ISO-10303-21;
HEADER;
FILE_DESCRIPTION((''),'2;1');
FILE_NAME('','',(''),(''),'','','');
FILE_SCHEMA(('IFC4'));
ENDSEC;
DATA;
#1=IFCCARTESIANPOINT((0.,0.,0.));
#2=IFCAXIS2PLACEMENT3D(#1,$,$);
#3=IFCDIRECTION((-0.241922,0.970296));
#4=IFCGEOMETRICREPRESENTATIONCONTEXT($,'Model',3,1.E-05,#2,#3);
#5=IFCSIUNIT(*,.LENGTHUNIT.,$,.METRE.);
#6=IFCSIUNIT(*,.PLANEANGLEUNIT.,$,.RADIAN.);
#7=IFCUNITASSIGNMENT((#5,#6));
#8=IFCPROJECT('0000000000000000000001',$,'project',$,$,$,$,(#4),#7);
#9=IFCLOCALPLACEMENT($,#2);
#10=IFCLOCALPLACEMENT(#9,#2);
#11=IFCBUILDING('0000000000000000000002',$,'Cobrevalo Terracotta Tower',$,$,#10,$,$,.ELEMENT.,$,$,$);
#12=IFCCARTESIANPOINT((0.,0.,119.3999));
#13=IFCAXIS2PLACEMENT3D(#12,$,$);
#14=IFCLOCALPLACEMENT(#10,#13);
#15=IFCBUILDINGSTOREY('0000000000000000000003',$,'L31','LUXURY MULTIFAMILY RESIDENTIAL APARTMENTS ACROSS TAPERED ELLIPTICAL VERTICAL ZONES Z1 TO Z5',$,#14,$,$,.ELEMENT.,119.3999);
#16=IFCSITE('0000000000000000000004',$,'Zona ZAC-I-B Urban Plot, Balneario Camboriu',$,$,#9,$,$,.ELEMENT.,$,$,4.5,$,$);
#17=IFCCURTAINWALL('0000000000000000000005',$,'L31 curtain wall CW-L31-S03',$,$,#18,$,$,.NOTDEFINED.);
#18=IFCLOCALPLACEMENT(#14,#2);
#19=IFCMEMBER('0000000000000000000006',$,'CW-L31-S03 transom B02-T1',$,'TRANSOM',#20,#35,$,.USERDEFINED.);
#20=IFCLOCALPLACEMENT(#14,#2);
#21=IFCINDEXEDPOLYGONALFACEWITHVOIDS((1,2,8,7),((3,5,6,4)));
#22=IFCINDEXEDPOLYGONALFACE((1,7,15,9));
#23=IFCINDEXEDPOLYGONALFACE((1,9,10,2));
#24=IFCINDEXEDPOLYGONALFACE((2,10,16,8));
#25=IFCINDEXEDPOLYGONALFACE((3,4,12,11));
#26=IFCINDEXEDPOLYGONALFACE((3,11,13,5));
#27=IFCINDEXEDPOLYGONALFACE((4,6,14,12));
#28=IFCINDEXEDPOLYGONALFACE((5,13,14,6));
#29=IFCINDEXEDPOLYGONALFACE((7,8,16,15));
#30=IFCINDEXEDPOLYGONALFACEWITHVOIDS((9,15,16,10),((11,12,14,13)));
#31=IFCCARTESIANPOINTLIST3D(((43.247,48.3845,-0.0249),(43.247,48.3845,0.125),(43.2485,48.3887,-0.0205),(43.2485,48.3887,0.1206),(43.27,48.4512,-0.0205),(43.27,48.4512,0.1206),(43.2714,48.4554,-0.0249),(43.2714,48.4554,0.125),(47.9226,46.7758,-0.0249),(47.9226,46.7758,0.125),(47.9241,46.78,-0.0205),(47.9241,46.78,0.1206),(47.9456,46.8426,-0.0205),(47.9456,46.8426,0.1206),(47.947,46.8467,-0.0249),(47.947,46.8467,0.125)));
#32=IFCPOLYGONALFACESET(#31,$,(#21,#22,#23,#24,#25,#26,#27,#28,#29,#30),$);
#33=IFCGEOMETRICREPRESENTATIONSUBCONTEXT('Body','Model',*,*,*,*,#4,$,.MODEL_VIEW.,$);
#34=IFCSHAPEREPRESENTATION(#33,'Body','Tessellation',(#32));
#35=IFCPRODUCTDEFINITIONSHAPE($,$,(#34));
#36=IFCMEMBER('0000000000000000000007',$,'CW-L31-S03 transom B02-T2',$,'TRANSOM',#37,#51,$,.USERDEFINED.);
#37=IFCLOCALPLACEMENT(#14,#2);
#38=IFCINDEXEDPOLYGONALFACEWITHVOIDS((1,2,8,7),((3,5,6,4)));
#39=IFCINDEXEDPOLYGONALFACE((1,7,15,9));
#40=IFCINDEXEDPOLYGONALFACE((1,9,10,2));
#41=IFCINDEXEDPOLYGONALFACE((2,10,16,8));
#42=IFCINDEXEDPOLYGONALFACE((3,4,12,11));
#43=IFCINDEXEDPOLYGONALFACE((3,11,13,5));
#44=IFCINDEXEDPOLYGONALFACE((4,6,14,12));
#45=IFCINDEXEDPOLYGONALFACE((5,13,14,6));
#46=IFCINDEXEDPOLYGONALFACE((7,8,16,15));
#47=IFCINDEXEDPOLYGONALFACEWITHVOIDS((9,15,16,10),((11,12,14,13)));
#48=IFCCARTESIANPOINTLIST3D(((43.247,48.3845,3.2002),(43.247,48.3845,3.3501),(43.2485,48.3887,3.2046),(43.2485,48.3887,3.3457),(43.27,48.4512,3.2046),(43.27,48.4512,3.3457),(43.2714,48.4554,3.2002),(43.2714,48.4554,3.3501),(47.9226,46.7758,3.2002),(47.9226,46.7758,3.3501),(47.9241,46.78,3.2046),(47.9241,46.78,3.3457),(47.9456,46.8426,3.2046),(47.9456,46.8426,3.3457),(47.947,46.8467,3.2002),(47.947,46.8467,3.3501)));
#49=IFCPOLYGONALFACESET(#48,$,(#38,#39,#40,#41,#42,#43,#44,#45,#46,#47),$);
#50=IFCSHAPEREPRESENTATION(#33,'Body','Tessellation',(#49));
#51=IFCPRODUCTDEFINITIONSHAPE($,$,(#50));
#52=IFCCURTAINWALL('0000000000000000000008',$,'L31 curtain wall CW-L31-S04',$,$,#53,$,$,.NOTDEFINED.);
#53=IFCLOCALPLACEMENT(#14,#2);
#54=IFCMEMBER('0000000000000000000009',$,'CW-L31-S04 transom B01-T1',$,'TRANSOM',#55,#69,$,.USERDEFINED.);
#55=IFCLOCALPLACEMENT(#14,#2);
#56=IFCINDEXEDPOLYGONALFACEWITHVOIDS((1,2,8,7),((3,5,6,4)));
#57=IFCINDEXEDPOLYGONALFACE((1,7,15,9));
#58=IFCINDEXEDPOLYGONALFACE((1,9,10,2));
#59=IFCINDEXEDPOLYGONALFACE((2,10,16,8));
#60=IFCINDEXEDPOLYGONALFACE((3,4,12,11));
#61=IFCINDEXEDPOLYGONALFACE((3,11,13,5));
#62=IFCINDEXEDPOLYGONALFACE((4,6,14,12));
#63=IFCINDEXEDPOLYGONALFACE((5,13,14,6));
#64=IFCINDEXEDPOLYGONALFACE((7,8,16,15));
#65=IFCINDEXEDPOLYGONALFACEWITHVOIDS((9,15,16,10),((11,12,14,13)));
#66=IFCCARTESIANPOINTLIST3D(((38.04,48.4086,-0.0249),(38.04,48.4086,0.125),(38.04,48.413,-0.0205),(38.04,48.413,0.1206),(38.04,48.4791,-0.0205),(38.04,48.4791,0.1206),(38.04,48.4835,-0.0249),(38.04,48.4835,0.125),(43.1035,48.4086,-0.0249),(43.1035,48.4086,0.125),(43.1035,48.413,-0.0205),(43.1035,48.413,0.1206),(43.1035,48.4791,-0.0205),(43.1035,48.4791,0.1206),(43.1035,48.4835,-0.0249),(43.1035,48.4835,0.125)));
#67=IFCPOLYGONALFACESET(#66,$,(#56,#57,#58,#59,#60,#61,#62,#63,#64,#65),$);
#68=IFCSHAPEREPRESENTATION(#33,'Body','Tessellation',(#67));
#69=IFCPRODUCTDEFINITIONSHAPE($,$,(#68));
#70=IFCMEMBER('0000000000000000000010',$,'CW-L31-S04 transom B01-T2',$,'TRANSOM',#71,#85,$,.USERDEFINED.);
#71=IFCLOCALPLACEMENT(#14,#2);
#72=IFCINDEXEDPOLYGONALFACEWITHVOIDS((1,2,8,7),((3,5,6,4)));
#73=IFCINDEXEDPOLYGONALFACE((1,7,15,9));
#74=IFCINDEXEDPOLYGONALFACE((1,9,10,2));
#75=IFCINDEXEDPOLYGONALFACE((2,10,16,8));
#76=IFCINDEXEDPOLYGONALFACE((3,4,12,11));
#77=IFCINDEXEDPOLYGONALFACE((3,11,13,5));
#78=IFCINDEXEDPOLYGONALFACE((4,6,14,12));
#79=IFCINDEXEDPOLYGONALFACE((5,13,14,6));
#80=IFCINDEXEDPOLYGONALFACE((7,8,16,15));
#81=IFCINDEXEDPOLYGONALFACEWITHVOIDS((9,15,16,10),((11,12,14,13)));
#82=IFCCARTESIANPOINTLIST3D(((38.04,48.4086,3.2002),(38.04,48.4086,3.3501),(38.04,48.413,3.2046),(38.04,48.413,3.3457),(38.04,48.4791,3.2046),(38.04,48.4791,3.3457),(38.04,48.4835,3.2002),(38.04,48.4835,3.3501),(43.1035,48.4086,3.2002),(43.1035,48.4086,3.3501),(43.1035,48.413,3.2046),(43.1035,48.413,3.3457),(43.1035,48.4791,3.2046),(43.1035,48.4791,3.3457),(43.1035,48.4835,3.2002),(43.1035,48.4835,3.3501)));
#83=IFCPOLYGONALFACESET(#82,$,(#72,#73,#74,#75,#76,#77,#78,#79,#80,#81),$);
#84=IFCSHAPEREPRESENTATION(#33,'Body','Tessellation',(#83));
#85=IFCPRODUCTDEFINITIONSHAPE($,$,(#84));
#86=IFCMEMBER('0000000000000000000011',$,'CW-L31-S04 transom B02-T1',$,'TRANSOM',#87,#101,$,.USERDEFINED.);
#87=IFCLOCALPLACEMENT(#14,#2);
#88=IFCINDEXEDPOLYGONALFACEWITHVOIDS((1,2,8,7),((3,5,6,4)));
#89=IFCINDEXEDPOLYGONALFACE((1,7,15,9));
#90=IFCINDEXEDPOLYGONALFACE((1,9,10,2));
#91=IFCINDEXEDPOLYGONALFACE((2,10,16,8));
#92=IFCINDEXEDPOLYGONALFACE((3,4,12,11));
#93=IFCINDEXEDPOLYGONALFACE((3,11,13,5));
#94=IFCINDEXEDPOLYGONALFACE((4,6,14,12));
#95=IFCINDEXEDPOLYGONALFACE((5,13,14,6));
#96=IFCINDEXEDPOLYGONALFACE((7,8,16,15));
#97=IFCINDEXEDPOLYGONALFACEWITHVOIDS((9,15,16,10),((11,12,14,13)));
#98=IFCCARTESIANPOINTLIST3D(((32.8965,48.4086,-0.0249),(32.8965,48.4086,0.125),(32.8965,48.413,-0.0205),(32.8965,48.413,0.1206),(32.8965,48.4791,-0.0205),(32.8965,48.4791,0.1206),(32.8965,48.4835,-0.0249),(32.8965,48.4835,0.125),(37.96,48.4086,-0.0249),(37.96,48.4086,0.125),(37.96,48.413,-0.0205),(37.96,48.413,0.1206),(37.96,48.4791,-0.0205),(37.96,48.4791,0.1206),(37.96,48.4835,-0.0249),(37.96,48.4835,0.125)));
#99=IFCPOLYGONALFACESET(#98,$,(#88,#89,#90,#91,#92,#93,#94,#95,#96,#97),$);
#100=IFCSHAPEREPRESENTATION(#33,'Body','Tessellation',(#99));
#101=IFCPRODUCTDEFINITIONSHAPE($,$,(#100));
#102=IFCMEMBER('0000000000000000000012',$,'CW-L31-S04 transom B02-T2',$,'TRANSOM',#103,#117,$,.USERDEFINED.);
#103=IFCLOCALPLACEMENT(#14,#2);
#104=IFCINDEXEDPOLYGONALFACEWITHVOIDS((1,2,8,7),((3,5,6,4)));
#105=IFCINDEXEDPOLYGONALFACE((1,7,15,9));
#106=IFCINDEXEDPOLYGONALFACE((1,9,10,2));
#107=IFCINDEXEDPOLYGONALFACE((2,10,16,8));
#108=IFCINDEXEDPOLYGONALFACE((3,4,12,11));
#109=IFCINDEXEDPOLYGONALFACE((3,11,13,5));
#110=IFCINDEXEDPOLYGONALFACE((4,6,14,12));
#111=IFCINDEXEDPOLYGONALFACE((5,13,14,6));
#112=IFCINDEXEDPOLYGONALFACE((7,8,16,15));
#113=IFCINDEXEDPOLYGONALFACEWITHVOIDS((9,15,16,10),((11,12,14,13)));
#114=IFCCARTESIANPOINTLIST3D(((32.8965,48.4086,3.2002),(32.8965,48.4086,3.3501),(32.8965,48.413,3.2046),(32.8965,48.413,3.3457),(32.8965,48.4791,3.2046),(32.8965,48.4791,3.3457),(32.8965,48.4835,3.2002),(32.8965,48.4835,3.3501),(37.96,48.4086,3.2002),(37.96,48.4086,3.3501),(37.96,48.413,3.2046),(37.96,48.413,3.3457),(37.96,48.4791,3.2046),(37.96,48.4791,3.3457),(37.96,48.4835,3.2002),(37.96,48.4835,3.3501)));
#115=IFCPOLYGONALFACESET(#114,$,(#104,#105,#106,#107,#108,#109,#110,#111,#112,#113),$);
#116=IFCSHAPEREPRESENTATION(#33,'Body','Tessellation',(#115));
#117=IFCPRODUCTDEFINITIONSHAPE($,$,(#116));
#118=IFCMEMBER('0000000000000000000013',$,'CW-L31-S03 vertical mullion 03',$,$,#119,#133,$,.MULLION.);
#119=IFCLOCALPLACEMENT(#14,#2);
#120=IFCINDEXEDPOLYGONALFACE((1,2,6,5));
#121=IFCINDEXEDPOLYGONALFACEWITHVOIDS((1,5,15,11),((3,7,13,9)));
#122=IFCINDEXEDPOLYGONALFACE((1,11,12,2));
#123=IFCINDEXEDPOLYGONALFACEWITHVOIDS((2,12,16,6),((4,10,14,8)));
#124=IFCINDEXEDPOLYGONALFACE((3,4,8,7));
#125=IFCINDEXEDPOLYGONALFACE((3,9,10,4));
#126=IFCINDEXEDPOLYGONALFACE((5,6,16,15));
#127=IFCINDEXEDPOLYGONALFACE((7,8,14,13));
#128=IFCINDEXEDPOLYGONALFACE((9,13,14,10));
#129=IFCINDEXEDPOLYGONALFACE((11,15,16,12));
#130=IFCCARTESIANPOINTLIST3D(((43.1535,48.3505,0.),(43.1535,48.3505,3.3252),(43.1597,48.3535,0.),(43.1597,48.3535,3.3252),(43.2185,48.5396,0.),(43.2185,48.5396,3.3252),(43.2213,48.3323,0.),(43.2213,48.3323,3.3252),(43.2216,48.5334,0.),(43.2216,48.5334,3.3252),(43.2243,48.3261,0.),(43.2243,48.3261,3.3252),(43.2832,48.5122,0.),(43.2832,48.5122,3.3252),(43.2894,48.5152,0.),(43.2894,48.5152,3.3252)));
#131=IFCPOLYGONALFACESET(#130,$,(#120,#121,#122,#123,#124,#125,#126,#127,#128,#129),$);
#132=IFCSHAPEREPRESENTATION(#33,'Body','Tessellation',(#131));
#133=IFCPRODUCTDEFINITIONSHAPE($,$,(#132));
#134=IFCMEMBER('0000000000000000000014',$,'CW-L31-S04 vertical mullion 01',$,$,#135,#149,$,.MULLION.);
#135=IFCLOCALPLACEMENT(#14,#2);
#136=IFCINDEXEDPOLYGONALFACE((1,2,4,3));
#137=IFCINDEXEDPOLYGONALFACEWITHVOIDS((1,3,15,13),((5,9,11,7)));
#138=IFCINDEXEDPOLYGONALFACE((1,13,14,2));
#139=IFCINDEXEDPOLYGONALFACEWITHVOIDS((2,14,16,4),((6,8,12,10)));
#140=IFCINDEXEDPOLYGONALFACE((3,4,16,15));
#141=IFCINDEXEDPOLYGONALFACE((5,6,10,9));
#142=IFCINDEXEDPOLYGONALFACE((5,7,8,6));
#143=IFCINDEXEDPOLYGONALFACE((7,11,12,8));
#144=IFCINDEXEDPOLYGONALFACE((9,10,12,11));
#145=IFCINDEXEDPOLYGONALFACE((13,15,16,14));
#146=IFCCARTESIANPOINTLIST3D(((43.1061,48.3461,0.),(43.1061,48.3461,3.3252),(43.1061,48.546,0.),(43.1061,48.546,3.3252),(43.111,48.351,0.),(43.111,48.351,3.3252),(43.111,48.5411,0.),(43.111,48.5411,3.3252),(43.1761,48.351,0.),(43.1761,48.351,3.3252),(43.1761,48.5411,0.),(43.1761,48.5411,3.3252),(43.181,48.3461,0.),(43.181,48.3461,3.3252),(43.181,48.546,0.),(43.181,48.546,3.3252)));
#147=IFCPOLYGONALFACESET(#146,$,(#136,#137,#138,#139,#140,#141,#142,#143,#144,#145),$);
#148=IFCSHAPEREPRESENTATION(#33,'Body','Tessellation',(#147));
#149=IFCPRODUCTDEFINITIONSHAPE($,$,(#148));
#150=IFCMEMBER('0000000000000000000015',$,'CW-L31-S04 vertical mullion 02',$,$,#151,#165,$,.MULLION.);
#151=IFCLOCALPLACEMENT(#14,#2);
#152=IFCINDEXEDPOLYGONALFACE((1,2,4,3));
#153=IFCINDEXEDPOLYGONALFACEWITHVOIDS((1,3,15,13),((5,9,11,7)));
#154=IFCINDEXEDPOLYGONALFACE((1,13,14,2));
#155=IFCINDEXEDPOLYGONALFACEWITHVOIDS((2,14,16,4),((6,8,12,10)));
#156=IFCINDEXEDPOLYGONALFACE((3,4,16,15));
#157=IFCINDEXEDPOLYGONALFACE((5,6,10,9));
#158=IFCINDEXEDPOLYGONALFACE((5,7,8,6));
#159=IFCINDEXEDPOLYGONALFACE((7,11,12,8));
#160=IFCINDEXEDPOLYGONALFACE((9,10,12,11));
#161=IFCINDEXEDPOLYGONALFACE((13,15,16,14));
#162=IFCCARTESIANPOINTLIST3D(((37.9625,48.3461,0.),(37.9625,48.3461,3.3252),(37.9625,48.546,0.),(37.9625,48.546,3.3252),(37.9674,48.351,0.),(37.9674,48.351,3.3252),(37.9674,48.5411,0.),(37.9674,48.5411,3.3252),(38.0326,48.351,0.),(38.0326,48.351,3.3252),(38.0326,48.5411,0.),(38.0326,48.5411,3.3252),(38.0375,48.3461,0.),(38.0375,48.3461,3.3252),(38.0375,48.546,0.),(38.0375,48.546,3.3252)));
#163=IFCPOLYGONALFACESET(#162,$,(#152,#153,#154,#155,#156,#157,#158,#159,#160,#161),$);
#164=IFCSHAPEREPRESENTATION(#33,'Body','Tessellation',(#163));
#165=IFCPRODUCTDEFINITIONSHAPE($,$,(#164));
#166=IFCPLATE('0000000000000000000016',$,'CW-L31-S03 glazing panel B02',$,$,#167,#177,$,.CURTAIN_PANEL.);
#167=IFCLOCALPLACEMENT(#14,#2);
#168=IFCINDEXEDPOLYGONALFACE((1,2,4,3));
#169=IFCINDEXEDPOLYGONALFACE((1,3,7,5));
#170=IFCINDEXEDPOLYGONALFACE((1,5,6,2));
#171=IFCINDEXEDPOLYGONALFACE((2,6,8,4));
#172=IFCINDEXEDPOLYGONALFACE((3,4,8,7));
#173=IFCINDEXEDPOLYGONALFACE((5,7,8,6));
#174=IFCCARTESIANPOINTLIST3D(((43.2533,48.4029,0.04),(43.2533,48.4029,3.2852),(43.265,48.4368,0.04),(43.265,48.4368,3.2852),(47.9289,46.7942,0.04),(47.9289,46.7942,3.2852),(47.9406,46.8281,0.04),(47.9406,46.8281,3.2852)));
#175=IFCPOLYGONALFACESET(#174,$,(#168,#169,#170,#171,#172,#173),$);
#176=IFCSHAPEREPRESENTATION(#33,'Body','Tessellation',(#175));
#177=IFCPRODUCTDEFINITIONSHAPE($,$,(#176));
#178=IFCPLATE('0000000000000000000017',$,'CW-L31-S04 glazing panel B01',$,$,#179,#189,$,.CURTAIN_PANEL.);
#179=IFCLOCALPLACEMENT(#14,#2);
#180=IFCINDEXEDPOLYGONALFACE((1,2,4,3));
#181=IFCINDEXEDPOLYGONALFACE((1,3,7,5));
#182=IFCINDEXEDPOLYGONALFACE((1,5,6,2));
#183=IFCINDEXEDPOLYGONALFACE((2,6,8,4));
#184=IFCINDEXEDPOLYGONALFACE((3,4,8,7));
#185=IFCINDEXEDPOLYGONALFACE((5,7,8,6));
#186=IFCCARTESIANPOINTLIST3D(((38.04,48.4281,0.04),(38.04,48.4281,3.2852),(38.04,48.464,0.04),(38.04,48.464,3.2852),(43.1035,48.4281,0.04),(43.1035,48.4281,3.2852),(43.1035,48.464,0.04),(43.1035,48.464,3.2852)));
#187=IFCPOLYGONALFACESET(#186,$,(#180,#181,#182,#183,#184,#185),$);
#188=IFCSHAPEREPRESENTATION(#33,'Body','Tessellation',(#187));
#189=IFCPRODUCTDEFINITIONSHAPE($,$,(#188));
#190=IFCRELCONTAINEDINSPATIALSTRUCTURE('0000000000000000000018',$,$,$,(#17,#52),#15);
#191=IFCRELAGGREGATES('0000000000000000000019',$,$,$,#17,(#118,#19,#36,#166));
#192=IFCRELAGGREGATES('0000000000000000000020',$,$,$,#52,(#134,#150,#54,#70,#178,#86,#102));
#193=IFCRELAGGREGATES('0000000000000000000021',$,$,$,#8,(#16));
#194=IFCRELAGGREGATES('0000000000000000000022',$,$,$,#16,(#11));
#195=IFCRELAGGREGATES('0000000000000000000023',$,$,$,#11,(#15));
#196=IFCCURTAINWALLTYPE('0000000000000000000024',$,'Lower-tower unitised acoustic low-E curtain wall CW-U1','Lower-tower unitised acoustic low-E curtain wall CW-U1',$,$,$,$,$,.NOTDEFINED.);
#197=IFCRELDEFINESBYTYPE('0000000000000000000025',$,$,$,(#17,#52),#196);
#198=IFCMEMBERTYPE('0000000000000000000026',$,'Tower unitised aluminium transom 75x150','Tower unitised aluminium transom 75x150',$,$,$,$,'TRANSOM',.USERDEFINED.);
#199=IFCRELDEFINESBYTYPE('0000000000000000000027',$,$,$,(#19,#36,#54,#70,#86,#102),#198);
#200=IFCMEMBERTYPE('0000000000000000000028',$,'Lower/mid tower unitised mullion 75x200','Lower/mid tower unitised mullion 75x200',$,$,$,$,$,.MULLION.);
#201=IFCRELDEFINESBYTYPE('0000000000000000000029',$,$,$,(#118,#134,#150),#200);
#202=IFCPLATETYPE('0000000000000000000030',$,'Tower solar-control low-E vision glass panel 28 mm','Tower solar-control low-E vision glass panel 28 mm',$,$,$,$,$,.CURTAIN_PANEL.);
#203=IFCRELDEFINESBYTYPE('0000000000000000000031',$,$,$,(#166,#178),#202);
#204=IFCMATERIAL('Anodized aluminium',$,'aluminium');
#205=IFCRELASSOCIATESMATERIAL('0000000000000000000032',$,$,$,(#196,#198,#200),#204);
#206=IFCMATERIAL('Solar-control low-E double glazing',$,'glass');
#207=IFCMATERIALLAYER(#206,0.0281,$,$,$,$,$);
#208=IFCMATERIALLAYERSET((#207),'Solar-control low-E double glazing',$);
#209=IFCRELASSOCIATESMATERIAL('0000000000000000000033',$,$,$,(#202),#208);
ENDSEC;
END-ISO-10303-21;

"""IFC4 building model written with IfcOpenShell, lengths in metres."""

from ifc_helpers import new_model, si_unit, direction, frame, origin, origin_2d, place, context, subcontext, project, spatial, rectangle, hollow_rectangle, extrude, source, transform, mapped, material, layer, layer_set, material_profile, profile_set, type_object, element, aggregate, save


model = new_model("IFC4")

# Units and contexts
model_context = context("Model", 3, precision=1e-05, world=origin(), true_north=direction((-0.241922, 0.970296)))
body_context = subcontext(model_context, "Body", "Model", "MODEL_VIEW")
ifc_project = project(units=[si_unit("LENGTHUNIT", "METRE"), si_unit("PLANEANGLEUNIT", "RADIAN")], contexts=[model_context])

# Site, building, storey
site_placement = place(None, origin())
site = spatial("IfcSite", under=ifc_project, at=site_placement, Name="Zona ZAC-I-B Urban Plot, Balneario Camboriu", CompositionType="ELEMENT", RefElevation=4.5)
building_placement = place(site_placement, origin())
building = spatial("IfcBuilding", under=site, at=building_placement, Name="Cobrevalo Terracotta Tower", CompositionType="ELEMENT")
storey_placement = place(building_placement, frame((0.0, 0.0, 119.3999)))
storey = spatial("IfcBuildingStorey", under=building, at=storey_placement, Name="L31", Description="LUXURY MULTIFAMILY RESIDENTIAL APARTMENTS ACROSS TAPERED ELLIPTICAL VERTICAL ZONES Z1 TO Z5", CompositionType="ELEMENT", Elevation=119.3999)

# Curtain walls, members
ifc_material_1 = material(Name="Anodized aluminium", Category="aluminium")
curtain_wall_type = type_object("IfcCurtainWallType", Name="Lower-tower unitised acoustic low-E curtain wall CW-U1", Description="Lower-tower unitised acoustic low-E curtain wall CW-U1", PredefinedType="NOTDEFINED", material=ifc_material_1)
curtain_wall_1_placement = place(storey_placement, origin())
curtain_wall_1 = element("IfcCurtainWall", 1, at=curtain_wall_1_placement, inside=storey, type_object=curtain_wall_type, Name="L31 curtain wall CW-L31-S03", PredefinedType="NOTDEFINED")
ifc_material_profile_1 = material_profile(ifc_material_1, hollow_rectangle(XDim=0.075, YDim=0.1499, WallThickness=0.0044, at=origin_2d()), Name="CWT 75x150")
ifc_profile_set_1 = profile_set([ifc_material_profile_1], Name="Anodized aluminium")
member_type_1 = type_object("IfcMemberType", Name="Tower unitised aluminium transom 75x150", Description="Tower unitised aluminium transom 75x150", ElementType="TRANSOM", PredefinedType="USERDEFINED", material=ifc_profile_set_1)
shared_shape_1 = source(origin(), body_context, "Body", "SweptSolid", [
    extrude(hollow_rectangle(XDim=0.075, YDim=0.1499, WallThickness=0.0044, at=origin_2d()), origin(), (0.0, 0.0, 1.0), 4.9446),
])
member_1_placement = place(storey_placement, frame((47.9348, 46.8113, 0.05), z_axis=(-0.945598, 0.325338, 0.0), x_axis=(-0.325338, -0.945598, 0.0)))
member_1 = element("IfcMember", 2, at=member_1_placement, type_object=member_type_1, Name="CW-L31-S03 transom B02-T1", ObjectType="TRANSOM", PredefinedType="USERDEFINED", context=body_context, shape_type="MappedRepresentation", body=[
    mapped(shared_shape_1, transform((0.0, 0.0, 0.0), scale=1.0)),
])
member_2_placement = place(storey_placement, frame((47.9348, 46.8113, 3.2751), z_axis=(-0.945598, 0.325338, 0.0), x_axis=(-0.325338, -0.945598, 0.0)))
member_2 = element("IfcMember", 3, at=member_2_placement, type_object=member_type_1, Name="CW-L31-S03 transom B02-T2", ObjectType="TRANSOM", PredefinedType="USERDEFINED", context=body_context, shape_type="MappedRepresentation", body=[
    mapped(shared_shape_1, transform((0.0, 0.0, 0.0), scale=1.0)),
])
curtain_wall_2_placement = place(storey_placement, origin())
curtain_wall_2 = element("IfcCurtainWall", 4, at=curtain_wall_2_placement, inside=storey, type_object=curtain_wall_type, Name="L31 curtain wall CW-L31-S04", PredefinedType="NOTDEFINED")
shared_shape_2 = source(origin(), body_context, "Body", "SweptSolid", [
    extrude(hollow_rectangle(XDim=0.075, YDim=0.1499, WallThickness=0.0044, at=origin_2d()), origin(), (0.0, 0.0, 1.0), 5.0635),
])
member_3_placement = place(storey_placement, frame((43.1035, 48.446, 0.05), z_axis=(-1.0, 0.0, 0.0), x_axis=(0.0, -1.0, 0.0)))
member_3 = element("IfcMember", 5, at=member_3_placement, type_object=member_type_1, Name="CW-L31-S04 transom B01-T1", ObjectType="TRANSOM", PredefinedType="USERDEFINED", context=body_context, shape_type="MappedRepresentation", body=[
    mapped(shared_shape_2, transform((0.0, 0.0, 0.0), scale=1.0)),
])
member_4_placement = place(storey_placement, frame((43.1035, 48.446, 3.2751), z_axis=(-1.0, 0.0, 0.0), x_axis=(0.0, -1.0, 0.0)))
member_4 = element("IfcMember", 6, at=member_4_placement, type_object=member_type_1, Name="CW-L31-S04 transom B01-T2", ObjectType="TRANSOM", PredefinedType="USERDEFINED", context=body_context, shape_type="MappedRepresentation", body=[
    mapped(shared_shape_2, transform((0.0, 0.0, 0.0), scale=1.0)),
])
member_5_placement = place(storey_placement, frame((37.96, 48.446, 0.05), z_axis=(-1.0, 0.0, 0.0), x_axis=(0.0, -1.0, 0.0)))
member_5 = element("IfcMember", 7, at=member_5_placement, type_object=member_type_1, Name="CW-L31-S04 transom B02-T1", ObjectType="TRANSOM", PredefinedType="USERDEFINED", context=body_context, shape_type="MappedRepresentation", body=[
    mapped(shared_shape_2, transform((0.0, 0.0, 0.0), scale=1.0)),
])
member_6_placement = place(storey_placement, frame((37.96, 48.446, 3.2751), z_axis=(-1.0, 0.0, 0.0), x_axis=(0.0, -1.0, 0.0)))
member_6 = element("IfcMember", 8, at=member_6_placement, type_object=member_type_1, Name="CW-L31-S04 transom B02-T2", ObjectType="TRANSOM", PredefinedType="USERDEFINED", context=body_context, shape_type="MappedRepresentation", body=[
    mapped(shared_shape_2, transform((0.0, 0.0, 0.0), scale=1.0)),
])

# Members
ifc_material_profile_2 = material_profile(ifc_material_1, hollow_rectangle(XDim=0.075, YDim=0.2, WallThickness=0.0049, at=origin_2d()), Name="CWM 75x200")
ifc_profile_set_2 = profile_set([ifc_material_profile_2], Name="Anodized aluminium")
member_type_2 = type_object("IfcMemberType", Name="Lower/mid tower unitised mullion 75x200", Description="Lower/mid tower unitised mullion 75x200", PredefinedType="MULLION", material=ifc_profile_set_2)
shared_shape_3 = source(origin(), body_context, "Body", "SweptSolid", [
    extrude(hollow_rectangle(XDim=0.075, YDim=0.2, WallThickness=0.0049, at=origin_2d()), origin(), (0.0, 0.0, 1.0), 3.3252),
])
member_7_placement = place(storey_placement, frame((43.2214, 48.4329, 0.0), z_axis=(0.0, 0.0, 1.0), x_axis=(-0.945598, 0.325337, 0.0)))
member_7 = element("IfcMember", 9, at=member_7_placement, type_object=member_type_2, Name="CW-L31-S03 vertical mullion 03", PredefinedType="MULLION", context=body_context, shape_type="MappedRepresentation", body=[
    mapped(shared_shape_3, transform((0.0, 0.0, 0.0), scale=1.0)),
])
member_8_placement = place(storey_placement, frame((43.1436, 48.446, 0.0), z_axis=(0.0, 0.0, 1.0), x_axis=(-1.0, 0.0, 0.0)))
member_8 = element("IfcMember", 10, at=member_8_placement, type_object=member_type_2, Name="CW-L31-S04 vertical mullion 01", PredefinedType="MULLION", context=body_context, shape_type="MappedRepresentation", body=[
    mapped(shared_shape_3, transform((0.0, 0.0, 0.0), scale=1.0)),
])
member_9_placement = place(storey_placement, frame((38.0, 48.446, 0.0), z_axis=(0.0, 0.0, 1.0), x_axis=(-1.0, 0.0, 0.0)))
member_9 = element("IfcMember", 11, at=member_9_placement, type_object=member_type_2, Name="CW-L31-S04 vertical mullion 02", PredefinedType="MULLION", context=body_context, shape_type="MappedRepresentation", body=[
    mapped(shared_shape_3, transform((0.0, 0.0, 0.0), scale=1.0)),
])

# Plates
ifc_material_2 = material(Name="Solar-control low-E double glazing", Category="glass")
ifc_layer_1 = layer(ifc_material_2, 0.0281)
ifc_layer_set_1 = layer_set([ifc_layer_1], Name="Solar-control low-E double glazing")
plate_type = type_object("IfcPlateType", Name="Tower solar-control low-E vision glass panel 28 mm", Description="Tower solar-control low-E vision glass panel 28 mm", PredefinedType="CURTAIN_PANEL", material=ifc_layer_set_1)
shared_shape_4 = source(origin(), body_context, "Body", "SweptSolid", [
    extrude(rectangle(XDim=4.9446, YDim=0.0359, at=origin_2d()), origin(), (0.0, 0.0, 1.0), 3.2451),
])
plate_1_placement = place(storey_placement, frame((45.5969, 47.6155, 0.04), z_axis=(0.0, 0.0, 1.0), x_axis=(-0.945596, 0.325342, 0.0)))
plate_1 = element("IfcPlate", 12, at=plate_1_placement, type_object=plate_type, Name="CW-L31-S03 glazing panel B02", PredefinedType="CURTAIN_PANEL", context=body_context, shape_type="MappedRepresentation", body=[
    mapped(shared_shape_4, transform((0.0, 0.0, 0.0), scale=1.0)),
])
aggregate(curtain_wall_1, [member_7, member_1, member_2, plate_1])
shared_shape_5 = source(origin(), body_context, "Body", "SweptSolid", [
    extrude(rectangle(XDim=5.0635, YDim=0.0359, at=origin_2d()), origin(), (0.0, 0.0, 1.0), 3.2451),
])
plate_2_placement = place(storey_placement, frame((40.5718, 48.446, 0.04), z_axis=(0.0, 0.0, 1.0), x_axis=(-1.0, 0.0, 0.0)))
plate_2 = element("IfcPlate", 13, at=plate_2_placement, type_object=plate_type, Name="CW-L31-S04 glazing panel B01", PredefinedType="CURTAIN_PANEL", context=body_context, shape_type="MappedRepresentation", body=[
    mapped(shared_shape_5, transform((0.0, 0.0, 0.0), scale=1.0)),
])
aggregate(curtain_wall_2, [member_8, member_9, member_3, member_4, plate_2, member_5, member_6])

save(model, "model.ifc")
